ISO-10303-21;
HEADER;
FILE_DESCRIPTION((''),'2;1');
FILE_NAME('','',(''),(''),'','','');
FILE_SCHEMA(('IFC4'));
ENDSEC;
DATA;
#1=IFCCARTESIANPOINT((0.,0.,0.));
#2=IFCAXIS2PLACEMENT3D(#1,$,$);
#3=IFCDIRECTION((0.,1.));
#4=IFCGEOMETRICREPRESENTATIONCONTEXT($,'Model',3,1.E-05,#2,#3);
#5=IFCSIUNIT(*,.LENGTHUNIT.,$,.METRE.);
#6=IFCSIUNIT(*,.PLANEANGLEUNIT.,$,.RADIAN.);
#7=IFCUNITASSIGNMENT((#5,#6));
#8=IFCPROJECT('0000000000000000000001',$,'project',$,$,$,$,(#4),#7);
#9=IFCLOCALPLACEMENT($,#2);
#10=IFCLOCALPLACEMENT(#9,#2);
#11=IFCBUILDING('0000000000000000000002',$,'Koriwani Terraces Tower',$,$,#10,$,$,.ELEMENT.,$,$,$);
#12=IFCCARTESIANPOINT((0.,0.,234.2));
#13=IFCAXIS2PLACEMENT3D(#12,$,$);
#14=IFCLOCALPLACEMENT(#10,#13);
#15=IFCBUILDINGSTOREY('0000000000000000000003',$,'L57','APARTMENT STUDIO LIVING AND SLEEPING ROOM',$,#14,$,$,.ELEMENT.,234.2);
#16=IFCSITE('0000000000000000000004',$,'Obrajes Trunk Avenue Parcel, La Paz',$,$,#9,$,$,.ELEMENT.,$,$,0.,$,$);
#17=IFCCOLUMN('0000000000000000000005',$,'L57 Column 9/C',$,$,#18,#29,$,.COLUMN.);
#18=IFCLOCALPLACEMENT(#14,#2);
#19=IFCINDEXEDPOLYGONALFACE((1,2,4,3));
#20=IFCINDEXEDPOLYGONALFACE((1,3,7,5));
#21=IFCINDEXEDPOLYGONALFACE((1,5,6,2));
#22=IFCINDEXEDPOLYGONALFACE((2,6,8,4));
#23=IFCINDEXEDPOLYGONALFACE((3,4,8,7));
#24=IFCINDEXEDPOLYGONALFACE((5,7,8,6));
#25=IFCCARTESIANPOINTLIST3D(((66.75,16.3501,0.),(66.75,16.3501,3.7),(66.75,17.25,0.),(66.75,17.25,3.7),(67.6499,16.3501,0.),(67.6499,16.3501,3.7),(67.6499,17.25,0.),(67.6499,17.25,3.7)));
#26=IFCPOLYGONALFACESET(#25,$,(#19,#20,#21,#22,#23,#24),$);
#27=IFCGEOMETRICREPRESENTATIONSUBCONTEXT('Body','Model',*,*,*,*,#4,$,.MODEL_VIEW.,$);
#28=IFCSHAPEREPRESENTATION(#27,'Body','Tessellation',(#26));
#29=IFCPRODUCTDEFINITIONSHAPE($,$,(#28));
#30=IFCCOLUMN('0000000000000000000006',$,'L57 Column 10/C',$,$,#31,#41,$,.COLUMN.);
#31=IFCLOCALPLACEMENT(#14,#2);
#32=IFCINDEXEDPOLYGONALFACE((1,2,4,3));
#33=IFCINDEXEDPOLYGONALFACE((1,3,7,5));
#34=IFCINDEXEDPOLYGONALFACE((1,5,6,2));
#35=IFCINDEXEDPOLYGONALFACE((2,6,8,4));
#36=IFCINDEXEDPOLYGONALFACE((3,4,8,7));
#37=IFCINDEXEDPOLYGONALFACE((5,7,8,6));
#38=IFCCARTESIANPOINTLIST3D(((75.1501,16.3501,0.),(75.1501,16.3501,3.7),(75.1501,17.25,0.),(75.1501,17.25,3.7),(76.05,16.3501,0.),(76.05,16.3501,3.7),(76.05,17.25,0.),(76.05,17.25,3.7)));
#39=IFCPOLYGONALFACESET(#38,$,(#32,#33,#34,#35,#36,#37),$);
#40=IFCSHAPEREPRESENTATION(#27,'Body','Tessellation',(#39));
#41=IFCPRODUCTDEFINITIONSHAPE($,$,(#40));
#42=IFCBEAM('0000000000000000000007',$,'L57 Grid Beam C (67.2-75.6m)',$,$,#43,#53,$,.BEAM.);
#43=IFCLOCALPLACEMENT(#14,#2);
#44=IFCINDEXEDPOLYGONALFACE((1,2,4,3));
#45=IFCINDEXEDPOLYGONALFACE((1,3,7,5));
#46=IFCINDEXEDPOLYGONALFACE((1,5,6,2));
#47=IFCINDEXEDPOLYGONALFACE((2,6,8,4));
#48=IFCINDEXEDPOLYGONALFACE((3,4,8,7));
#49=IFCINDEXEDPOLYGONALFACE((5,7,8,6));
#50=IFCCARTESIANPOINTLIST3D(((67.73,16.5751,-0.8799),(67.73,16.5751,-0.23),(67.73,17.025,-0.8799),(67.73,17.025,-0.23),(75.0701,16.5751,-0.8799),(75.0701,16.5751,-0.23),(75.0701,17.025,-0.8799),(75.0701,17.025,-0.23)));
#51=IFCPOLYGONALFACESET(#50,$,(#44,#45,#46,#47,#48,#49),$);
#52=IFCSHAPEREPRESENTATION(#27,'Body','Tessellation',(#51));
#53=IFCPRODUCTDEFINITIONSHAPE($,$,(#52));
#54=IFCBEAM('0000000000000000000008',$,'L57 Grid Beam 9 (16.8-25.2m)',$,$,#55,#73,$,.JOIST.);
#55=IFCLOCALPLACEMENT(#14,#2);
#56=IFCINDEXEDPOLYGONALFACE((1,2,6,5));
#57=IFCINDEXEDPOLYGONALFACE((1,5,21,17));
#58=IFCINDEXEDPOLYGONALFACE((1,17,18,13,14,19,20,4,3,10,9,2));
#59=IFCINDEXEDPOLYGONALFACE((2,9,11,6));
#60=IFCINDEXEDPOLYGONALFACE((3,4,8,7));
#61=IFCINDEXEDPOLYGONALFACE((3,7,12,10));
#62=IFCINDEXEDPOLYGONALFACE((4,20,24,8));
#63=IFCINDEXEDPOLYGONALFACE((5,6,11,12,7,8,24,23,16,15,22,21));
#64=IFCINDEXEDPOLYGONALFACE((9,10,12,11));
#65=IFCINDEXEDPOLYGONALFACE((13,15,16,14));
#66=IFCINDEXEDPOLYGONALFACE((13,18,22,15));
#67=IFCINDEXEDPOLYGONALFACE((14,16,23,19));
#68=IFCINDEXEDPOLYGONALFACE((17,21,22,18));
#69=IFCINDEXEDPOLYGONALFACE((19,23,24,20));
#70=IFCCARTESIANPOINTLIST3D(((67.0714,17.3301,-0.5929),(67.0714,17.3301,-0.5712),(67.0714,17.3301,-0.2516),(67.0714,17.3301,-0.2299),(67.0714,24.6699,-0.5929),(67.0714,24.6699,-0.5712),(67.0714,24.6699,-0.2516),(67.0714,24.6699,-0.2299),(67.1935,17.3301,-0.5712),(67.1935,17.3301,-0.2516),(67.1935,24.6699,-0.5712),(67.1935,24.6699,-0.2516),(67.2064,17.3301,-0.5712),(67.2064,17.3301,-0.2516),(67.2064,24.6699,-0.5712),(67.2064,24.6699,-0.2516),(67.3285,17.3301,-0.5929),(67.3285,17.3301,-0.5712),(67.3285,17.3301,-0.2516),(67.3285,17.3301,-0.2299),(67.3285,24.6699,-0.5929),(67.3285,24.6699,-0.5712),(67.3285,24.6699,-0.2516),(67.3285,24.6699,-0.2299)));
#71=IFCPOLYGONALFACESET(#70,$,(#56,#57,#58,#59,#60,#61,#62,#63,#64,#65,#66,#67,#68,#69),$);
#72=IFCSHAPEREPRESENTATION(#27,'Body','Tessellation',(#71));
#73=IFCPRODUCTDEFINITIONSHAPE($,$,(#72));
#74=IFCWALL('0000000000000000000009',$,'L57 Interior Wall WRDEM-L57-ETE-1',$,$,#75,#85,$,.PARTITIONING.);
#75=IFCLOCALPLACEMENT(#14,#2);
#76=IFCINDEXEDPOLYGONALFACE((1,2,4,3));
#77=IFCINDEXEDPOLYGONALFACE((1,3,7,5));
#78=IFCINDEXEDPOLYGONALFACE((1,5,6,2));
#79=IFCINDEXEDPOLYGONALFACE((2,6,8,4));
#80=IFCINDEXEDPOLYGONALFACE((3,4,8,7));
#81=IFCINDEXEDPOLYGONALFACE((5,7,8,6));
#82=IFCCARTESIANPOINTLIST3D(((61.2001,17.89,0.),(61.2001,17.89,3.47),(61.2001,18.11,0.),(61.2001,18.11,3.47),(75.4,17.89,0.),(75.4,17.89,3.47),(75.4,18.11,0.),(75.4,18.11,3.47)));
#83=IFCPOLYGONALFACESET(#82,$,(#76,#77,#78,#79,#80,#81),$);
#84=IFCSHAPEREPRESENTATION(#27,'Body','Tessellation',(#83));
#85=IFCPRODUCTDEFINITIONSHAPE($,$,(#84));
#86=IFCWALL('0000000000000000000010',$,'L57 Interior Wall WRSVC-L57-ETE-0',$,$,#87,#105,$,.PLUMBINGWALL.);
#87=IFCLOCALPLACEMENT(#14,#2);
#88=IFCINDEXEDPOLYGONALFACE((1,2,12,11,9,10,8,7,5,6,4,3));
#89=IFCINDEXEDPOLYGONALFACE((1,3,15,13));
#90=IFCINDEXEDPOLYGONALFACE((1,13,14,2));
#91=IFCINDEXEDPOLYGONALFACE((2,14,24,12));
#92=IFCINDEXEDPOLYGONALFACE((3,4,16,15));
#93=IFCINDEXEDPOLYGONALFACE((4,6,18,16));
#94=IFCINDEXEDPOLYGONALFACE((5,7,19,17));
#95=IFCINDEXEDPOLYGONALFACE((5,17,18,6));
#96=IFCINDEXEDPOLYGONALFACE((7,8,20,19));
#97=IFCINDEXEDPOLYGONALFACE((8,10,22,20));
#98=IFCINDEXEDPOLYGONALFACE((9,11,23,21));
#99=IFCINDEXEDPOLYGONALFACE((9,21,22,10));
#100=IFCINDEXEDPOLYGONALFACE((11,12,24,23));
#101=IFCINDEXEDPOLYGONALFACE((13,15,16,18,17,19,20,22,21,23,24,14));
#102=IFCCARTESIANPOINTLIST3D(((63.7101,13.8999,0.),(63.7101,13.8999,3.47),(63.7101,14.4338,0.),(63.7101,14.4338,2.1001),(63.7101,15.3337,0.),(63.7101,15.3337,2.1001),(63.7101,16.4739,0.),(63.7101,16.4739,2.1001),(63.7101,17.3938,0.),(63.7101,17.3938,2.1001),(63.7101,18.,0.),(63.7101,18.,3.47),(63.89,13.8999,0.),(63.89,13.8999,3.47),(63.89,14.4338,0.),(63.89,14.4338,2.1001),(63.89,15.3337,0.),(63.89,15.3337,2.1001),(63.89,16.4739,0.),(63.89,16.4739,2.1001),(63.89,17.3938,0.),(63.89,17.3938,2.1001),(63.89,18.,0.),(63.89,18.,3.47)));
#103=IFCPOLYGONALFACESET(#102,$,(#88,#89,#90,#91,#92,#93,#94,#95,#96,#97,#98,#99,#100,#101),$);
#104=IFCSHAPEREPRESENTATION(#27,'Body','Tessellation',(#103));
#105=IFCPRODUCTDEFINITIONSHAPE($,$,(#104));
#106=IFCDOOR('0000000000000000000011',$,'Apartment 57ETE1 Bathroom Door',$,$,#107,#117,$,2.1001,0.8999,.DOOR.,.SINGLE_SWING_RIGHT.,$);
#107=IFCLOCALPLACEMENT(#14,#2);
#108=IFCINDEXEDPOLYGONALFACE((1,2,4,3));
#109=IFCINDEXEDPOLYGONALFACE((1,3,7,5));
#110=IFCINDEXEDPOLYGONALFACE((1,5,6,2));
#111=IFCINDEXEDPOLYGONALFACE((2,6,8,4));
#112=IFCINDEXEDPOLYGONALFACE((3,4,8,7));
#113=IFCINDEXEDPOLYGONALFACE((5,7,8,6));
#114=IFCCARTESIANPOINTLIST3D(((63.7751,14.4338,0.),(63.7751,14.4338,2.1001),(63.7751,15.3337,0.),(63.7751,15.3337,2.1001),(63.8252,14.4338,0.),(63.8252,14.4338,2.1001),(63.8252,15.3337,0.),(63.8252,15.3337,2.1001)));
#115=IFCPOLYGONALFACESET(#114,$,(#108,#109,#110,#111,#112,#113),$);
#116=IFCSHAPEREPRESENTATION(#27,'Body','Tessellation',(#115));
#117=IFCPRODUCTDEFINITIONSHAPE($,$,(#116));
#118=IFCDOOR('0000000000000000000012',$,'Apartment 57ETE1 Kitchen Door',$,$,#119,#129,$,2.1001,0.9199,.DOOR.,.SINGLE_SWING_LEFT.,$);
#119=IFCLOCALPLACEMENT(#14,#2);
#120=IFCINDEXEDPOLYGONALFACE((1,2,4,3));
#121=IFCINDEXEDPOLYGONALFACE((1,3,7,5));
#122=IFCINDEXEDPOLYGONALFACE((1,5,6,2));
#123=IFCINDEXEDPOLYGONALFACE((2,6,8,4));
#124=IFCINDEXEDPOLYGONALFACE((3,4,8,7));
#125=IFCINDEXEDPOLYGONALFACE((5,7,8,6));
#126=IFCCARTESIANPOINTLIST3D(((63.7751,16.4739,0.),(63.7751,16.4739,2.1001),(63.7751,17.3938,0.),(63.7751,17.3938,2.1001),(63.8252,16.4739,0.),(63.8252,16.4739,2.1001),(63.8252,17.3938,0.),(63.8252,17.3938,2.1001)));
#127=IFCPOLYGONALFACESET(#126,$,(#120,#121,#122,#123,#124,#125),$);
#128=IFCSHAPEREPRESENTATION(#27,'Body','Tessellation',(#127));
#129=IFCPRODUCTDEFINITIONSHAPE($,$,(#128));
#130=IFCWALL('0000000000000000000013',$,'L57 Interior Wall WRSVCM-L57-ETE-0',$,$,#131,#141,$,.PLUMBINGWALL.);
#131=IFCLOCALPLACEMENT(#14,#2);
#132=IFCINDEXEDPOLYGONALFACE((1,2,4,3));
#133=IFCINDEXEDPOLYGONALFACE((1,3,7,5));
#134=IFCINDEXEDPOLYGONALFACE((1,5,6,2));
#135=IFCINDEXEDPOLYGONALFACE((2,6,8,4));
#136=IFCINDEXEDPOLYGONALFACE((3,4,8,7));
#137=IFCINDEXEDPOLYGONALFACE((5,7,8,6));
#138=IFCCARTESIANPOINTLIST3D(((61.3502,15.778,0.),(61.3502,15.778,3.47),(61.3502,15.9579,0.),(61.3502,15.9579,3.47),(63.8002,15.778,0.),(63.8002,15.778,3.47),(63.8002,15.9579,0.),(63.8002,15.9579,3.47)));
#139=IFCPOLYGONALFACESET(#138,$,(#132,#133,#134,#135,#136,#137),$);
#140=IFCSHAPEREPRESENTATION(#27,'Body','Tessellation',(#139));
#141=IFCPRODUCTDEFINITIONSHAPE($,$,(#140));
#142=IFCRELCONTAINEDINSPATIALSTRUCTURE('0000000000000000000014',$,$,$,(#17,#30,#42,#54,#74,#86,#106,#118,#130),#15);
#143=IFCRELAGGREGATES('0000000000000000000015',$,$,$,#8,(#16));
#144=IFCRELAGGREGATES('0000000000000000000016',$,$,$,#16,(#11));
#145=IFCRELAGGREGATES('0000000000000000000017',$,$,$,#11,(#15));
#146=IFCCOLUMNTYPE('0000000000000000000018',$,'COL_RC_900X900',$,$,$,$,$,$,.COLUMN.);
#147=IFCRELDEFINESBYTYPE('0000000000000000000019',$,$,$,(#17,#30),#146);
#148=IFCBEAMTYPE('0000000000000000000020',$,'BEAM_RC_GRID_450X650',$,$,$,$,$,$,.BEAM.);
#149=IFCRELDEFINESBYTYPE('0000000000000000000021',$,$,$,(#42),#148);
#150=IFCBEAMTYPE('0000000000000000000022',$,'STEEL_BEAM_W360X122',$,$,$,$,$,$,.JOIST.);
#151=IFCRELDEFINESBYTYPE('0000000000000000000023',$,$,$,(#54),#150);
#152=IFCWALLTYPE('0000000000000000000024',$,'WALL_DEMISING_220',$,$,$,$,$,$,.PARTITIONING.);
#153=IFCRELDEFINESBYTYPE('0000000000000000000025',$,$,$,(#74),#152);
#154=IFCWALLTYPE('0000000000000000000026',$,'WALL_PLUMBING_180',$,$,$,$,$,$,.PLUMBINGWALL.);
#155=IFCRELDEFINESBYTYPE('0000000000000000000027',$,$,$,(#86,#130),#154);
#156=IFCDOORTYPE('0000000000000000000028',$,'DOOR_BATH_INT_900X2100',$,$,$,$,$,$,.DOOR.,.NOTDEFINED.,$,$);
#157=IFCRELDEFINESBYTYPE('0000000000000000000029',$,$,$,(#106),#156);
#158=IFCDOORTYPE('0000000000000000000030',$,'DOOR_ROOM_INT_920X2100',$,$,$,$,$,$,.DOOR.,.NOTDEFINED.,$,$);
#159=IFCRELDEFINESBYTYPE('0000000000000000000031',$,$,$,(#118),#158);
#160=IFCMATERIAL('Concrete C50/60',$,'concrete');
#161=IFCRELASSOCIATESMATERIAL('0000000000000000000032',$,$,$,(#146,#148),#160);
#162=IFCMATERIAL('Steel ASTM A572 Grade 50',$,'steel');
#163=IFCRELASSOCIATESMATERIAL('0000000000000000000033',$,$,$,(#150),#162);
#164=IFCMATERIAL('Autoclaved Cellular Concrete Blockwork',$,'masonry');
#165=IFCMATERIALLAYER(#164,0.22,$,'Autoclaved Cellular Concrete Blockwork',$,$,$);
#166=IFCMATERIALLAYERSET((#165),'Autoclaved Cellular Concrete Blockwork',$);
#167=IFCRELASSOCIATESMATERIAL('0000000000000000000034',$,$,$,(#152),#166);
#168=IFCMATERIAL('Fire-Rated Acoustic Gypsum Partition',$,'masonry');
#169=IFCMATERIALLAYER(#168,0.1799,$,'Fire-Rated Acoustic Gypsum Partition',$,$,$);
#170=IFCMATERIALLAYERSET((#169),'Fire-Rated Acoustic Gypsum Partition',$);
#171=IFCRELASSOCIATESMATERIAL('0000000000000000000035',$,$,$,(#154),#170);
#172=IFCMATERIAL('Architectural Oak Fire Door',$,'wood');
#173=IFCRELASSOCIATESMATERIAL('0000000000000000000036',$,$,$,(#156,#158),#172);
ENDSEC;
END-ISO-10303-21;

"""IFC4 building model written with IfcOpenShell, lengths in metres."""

from ifc_helpers import new_model, si_unit, direction, frame, frame_2d, origin, origin_2d, place, context, subcontext, project, spatial, rectangle, i_section, extrude, material, layer, layer_set, material_profile, profile_set, type_object, element, fill, save


model = new_model("IFC4")

# Units and contexts
model_context = context("Model", 3, precision=1e-05, world=origin(), true_north=direction((0.0, 1.0)))
body_context = subcontext(model_context, "Body", "Model", "MODEL_VIEW")
ifc_project = project(units=[si_unit("LENGTHUNIT", "METRE"), si_unit("PLANEANGLEUNIT", "RADIAN")], contexts=[model_context])

# Site, building, storey
site_placement = place(None, origin())
site = spatial("IfcSite", under=ifc_project, at=site_placement, Name="Obrajes Trunk Avenue Parcel, La Paz", CompositionType="ELEMENT", RefElevation=0.0)
building_placement = place(site_placement, origin())
building = spatial("IfcBuilding", under=site, at=building_placement, Name="Koriwani Terraces Tower", CompositionType="ELEMENT")
storey_placement = place(building_placement, frame((0.0, 0.0, 234.2)))
storey = spatial("IfcBuildingStorey", under=building, at=storey_placement, Name="L57", Description="APARTMENT STUDIO LIVING AND SLEEPING ROOM", CompositionType="ELEMENT", Elevation=234.2)

# Columns
ifc_material_1 = material(Name="Concrete C50/60", Category="concrete")
ifc_material_profile_1 = material_profile(ifc_material_1, rectangle(XDim=0.8999, YDim=0.8999, at=origin_2d()), Name="Concrete C50/60", Category="LoadBearing")
ifc_profile_set_1 = profile_set([ifc_material_profile_1], Name="Concrete C50/60")
column_type = type_object("IfcColumnType", Name="COL_RC_900X900", PredefinedType="COLUMN", material=ifc_profile_set_1)
for number, where, z_axis, x_axis, name in (
    (1, (67.2, 16.8, 0.0), (0.0, 0.0, 1.0), (1.0, 0.0, 0.0), "L57 Column 9/C"),
    (2, (75.6001, 16.8, 0.0), (0.0, 0.0, 1.0), (1.0, 0.0, 0.0), "L57 Column 10/C"),
):
    element("IfcColumn", number, at=place(storey_placement, frame(where, z_axis=z_axis, x_axis=x_axis)), inside=storey, type_object=column_type, Name=name, PredefinedType="COLUMN", context=body_context, shape_type="SweptSolid", body=[
        extrude(rectangle(XDim=0.8999, YDim=0.8999, at=origin_2d()), origin(), (0.0, 0.0, 1.0), 3.7),
    ])

# Beams
ifc_material_profile_2 = material_profile(ifc_material_1, rectangle(XDim=0.45, YDim=0.6499, at=origin_2d()), Name="Concrete C50/60", Category="LoadBearing")
ifc_profile_set_2 = profile_set([ifc_material_profile_2], Name="Concrete C50/60")
beam_type_1 = type_object("IfcBeamType", Name="BEAM_RC_GRID_450X650", PredefinedType="BEAM", material=ifc_profile_set_2)
beam_1_placement = place(storey_placement, frame((67.73, 16.8, -0.5549), z_axis=(1.0, 0.0, 0.0), x_axis=(0.0, 1.0, 0.0)))
element("IfcBeam", 3, at=beam_1_placement, inside=storey, type_object=beam_type_1, Name="L57 Grid Beam C (67.2-75.6m)", PredefinedType="BEAM", context=body_context, shape_type="SweptSolid", body=[
    extrude(rectangle(XDim=0.45, YDim=0.6499, at=origin_2d()), origin(), (0.0, 0.0, 1.0), 7.3401),
])
ifc_material_2 = material(Name="Steel ASTM A572 Grade 50", Category="steel")
ifc_material_profile_3 = material_profile(ifc_material_2, i_section(OverallWidth=0.2571, OverallDepth=0.363, WebThickness=0.0129, FlangeThickness=0.0217, at=origin_2d()), Name="Steel ASTM A572 Grade 50", Category="LoadBearing")
ifc_profile_set_3 = profile_set([ifc_material_profile_3], Name="Steel ASTM A572 Grade 50")
beam_type_2 = type_object("IfcBeamType", Name="STEEL_BEAM_W360X122", PredefinedType="JOIST", material=ifc_profile_set_3)
beam_2_placement = place(storey_placement, frame((67.2, 17.3301, -0.4114), z_axis=(0.0, 1.0, 0.0), x_axis=(-1.0, 0.0, 0.0)))
element("IfcBeam", 4, at=beam_2_placement, inside=storey, type_object=beam_type_2, Name="L57 Grid Beam 9 (16.8-25.2m)", PredefinedType="JOIST", context=body_context, shape_type="SweptSolid", body=[
    extrude(i_section(OverallWidth=0.2571, OverallDepth=0.363, WebThickness=0.0129, FlangeThickness=0.0217, at=origin_2d()), origin(), (0.0, 0.0, 1.0), 7.3398),
])

# Wall
ifc_material_3 = material(Name="Autoclaved Cellular Concrete Blockwork", Category="masonry")
ifc_layer_1 = layer(ifc_material_3, 0.22, Name="Autoclaved Cellular Concrete Blockwork")
ifc_layer_set_1 = layer_set([ifc_layer_1], Name="Autoclaved Cellular Concrete Blockwork")
wall_type_1 = type_object("IfcWallType", Name="WALL_DEMISING_220", PredefinedType="PARTITIONING", material=ifc_layer_set_1)
wall_1_placement = place(storey_placement, frame((61.2, 18.0, 0.0), z_axis=(0.0, 0.0, 1.0), x_axis=(1.0, 0.0, 0.0)))
element("IfcWall", 5, at=wall_1_placement, inside=storey, type_object=wall_type_1, Name="L57 Interior Wall WRDEM-L57-ETE-1", PredefinedType="PARTITIONING", context=body_context, shape_type="SweptSolid", body=[
    extrude(rectangle(XDim=14.2, YDim=0.22, at=frame_2d((7.1001, 0.0))), origin(), (0.0, 0.0, 1.0), 3.47),
])

# Wall, openings, doors
ifc_material_4 = material(Name="Fire-Rated Acoustic Gypsum Partition", Category="masonry")
ifc_layer_2 = layer(ifc_material_4, 0.1799, Name="Fire-Rated Acoustic Gypsum Partition")
ifc_layer_set_2 = layer_set([ifc_layer_2], Name="Fire-Rated Acoustic Gypsum Partition")
wall_type_2 = type_object("IfcWallType", Name="WALL_PLUMBING_180", PredefinedType="PLUMBINGWALL", material=ifc_layer_set_2)
wall_2_placement = place(storey_placement, frame((63.8, 13.8999, 0.0), z_axis=(0.0, 0.0, 1.0), x_axis=(0.0, 1.0, 0.0)))
wall_2 = element("IfcWall", 6, at=wall_2_placement, inside=storey, type_object=wall_type_2, Name="L57 Interior Wall WRSVC-L57-ETE-0", PredefinedType="PLUMBINGWALL", context=body_context, shape_type="SweptSolid", body=[
    extrude(rectangle(XDim=4.1001, YDim=0.1799, at=frame_2d((2.05, 0.0))), origin(), (0.0, 0.0, 1.0), 3.47),
])
opening_1_placement = place(wall_2_placement, frame((0.5339, 0.0, 0.0)))
opening_1 = element("IfcOpeningElement", 7, at=opening_1_placement, cuts=wall_2, PredefinedType="OPENING", context=body_context, shape_type="SweptSolid", body=[
    extrude(rectangle(XDim=0.8999, YDim=2.1001, at=frame_2d((0.45, 1.05))), frame((0.0, 0.1001, 0.0), z_axis=(0.0, -1.0, 0.0), x_axis=(1.0, 0.0, 0.0)), (0.0, 0.0, 1.0), 0.2),
])
opening_2_placement = place(wall_2_placement, frame((2.574, 0.0, 0.0)))
opening_2 = element("IfcOpeningElement", 8, at=opening_2_placement, cuts=wall_2, PredefinedType="OPENING", context=body_context, shape_type="SweptSolid", body=[
    extrude(rectangle(XDim=0.9199, YDim=2.1001, at=frame_2d((0.46, 1.05))), frame((0.0, 0.1001, 0.0), z_axis=(0.0, -1.0, 0.0), x_axis=(1.0, 0.0, 0.0)), (0.0, 0.0, 1.0), 0.2),
])
ifc_material_5 = material(Name="Architectural Oak Fire Door", Category="wood")
door_type_1 = type_object("IfcDoorType", Name="DOOR_BATH_INT_900X2100", OperationType="NOTDEFINED", PredefinedType="DOOR", material=ifc_material_5)
door_1_placement = place(opening_1_placement, origin())
door_1 = element("IfcDoor", 9, at=door_1_placement, inside=storey, type_object=door_type_1, Name="Apartment 57ETE1 Bathroom Door", OperationType="SINGLE_SWING_RIGHT", OverallHeight=2.1001, OverallWidth=0.8999, PredefinedType="DOOR", context=body_context, shape_type="SweptSolid", body=[
    extrude(rectangle(XDim=0.8999, YDim=2.1001, at=frame_2d((0.45, 1.05))), frame((0.0, 0.0249, 0.0), z_axis=(0.0, -1.0, 0.0), x_axis=(1.0, 0.0, 0.0)), (0.0, 0.0, 1.0), 0.05),
])
fill(opening_1, door_1)
door_type_2 = type_object("IfcDoorType", Name="DOOR_ROOM_INT_920X2100", OperationType="NOTDEFINED", PredefinedType="DOOR", material=ifc_material_5)
door_2_placement = place(opening_2_placement, origin())
door_2 = element("IfcDoor", 10, at=door_2_placement, inside=storey, type_object=door_type_2, Name="Apartment 57ETE1 Kitchen Door", OperationType="SINGLE_SWING_LEFT", OverallHeight=2.1001, OverallWidth=0.9199, PredefinedType="DOOR", context=body_context, shape_type="SweptSolid", body=[
    extrude(rectangle(XDim=0.9199, YDim=2.1001, at=frame_2d((0.46, 1.05))), frame((0.0, 0.0249, 0.0), z_axis=(0.0, -1.0, 0.0), x_axis=(1.0, 0.0, 0.0)), (0.0, 0.0, 1.0), 0.05),
])
fill(opening_2, door_2)

# Wall
wall_3_placement = place(storey_placement, frame((61.3501, 15.8679, 0.0), z_axis=(0.0, 0.0, 1.0), x_axis=(1.0, 0.0, 0.0)))
element("IfcWall", 11, at=wall_3_placement, inside=storey, type_object=wall_type_2, Name="L57 Interior Wall WRSVCM-L57-ETE-0", PredefinedType="PLUMBINGWALL", context=body_context, shape_type="SweptSolid", body=[
    extrude(rectangle(XDim=2.45, YDim=0.1799, at=frame_2d((1.2251, 0.0))), origin(), (0.0, 0.0, 1.0), 3.47),
])

save(model, "model.ifc")
